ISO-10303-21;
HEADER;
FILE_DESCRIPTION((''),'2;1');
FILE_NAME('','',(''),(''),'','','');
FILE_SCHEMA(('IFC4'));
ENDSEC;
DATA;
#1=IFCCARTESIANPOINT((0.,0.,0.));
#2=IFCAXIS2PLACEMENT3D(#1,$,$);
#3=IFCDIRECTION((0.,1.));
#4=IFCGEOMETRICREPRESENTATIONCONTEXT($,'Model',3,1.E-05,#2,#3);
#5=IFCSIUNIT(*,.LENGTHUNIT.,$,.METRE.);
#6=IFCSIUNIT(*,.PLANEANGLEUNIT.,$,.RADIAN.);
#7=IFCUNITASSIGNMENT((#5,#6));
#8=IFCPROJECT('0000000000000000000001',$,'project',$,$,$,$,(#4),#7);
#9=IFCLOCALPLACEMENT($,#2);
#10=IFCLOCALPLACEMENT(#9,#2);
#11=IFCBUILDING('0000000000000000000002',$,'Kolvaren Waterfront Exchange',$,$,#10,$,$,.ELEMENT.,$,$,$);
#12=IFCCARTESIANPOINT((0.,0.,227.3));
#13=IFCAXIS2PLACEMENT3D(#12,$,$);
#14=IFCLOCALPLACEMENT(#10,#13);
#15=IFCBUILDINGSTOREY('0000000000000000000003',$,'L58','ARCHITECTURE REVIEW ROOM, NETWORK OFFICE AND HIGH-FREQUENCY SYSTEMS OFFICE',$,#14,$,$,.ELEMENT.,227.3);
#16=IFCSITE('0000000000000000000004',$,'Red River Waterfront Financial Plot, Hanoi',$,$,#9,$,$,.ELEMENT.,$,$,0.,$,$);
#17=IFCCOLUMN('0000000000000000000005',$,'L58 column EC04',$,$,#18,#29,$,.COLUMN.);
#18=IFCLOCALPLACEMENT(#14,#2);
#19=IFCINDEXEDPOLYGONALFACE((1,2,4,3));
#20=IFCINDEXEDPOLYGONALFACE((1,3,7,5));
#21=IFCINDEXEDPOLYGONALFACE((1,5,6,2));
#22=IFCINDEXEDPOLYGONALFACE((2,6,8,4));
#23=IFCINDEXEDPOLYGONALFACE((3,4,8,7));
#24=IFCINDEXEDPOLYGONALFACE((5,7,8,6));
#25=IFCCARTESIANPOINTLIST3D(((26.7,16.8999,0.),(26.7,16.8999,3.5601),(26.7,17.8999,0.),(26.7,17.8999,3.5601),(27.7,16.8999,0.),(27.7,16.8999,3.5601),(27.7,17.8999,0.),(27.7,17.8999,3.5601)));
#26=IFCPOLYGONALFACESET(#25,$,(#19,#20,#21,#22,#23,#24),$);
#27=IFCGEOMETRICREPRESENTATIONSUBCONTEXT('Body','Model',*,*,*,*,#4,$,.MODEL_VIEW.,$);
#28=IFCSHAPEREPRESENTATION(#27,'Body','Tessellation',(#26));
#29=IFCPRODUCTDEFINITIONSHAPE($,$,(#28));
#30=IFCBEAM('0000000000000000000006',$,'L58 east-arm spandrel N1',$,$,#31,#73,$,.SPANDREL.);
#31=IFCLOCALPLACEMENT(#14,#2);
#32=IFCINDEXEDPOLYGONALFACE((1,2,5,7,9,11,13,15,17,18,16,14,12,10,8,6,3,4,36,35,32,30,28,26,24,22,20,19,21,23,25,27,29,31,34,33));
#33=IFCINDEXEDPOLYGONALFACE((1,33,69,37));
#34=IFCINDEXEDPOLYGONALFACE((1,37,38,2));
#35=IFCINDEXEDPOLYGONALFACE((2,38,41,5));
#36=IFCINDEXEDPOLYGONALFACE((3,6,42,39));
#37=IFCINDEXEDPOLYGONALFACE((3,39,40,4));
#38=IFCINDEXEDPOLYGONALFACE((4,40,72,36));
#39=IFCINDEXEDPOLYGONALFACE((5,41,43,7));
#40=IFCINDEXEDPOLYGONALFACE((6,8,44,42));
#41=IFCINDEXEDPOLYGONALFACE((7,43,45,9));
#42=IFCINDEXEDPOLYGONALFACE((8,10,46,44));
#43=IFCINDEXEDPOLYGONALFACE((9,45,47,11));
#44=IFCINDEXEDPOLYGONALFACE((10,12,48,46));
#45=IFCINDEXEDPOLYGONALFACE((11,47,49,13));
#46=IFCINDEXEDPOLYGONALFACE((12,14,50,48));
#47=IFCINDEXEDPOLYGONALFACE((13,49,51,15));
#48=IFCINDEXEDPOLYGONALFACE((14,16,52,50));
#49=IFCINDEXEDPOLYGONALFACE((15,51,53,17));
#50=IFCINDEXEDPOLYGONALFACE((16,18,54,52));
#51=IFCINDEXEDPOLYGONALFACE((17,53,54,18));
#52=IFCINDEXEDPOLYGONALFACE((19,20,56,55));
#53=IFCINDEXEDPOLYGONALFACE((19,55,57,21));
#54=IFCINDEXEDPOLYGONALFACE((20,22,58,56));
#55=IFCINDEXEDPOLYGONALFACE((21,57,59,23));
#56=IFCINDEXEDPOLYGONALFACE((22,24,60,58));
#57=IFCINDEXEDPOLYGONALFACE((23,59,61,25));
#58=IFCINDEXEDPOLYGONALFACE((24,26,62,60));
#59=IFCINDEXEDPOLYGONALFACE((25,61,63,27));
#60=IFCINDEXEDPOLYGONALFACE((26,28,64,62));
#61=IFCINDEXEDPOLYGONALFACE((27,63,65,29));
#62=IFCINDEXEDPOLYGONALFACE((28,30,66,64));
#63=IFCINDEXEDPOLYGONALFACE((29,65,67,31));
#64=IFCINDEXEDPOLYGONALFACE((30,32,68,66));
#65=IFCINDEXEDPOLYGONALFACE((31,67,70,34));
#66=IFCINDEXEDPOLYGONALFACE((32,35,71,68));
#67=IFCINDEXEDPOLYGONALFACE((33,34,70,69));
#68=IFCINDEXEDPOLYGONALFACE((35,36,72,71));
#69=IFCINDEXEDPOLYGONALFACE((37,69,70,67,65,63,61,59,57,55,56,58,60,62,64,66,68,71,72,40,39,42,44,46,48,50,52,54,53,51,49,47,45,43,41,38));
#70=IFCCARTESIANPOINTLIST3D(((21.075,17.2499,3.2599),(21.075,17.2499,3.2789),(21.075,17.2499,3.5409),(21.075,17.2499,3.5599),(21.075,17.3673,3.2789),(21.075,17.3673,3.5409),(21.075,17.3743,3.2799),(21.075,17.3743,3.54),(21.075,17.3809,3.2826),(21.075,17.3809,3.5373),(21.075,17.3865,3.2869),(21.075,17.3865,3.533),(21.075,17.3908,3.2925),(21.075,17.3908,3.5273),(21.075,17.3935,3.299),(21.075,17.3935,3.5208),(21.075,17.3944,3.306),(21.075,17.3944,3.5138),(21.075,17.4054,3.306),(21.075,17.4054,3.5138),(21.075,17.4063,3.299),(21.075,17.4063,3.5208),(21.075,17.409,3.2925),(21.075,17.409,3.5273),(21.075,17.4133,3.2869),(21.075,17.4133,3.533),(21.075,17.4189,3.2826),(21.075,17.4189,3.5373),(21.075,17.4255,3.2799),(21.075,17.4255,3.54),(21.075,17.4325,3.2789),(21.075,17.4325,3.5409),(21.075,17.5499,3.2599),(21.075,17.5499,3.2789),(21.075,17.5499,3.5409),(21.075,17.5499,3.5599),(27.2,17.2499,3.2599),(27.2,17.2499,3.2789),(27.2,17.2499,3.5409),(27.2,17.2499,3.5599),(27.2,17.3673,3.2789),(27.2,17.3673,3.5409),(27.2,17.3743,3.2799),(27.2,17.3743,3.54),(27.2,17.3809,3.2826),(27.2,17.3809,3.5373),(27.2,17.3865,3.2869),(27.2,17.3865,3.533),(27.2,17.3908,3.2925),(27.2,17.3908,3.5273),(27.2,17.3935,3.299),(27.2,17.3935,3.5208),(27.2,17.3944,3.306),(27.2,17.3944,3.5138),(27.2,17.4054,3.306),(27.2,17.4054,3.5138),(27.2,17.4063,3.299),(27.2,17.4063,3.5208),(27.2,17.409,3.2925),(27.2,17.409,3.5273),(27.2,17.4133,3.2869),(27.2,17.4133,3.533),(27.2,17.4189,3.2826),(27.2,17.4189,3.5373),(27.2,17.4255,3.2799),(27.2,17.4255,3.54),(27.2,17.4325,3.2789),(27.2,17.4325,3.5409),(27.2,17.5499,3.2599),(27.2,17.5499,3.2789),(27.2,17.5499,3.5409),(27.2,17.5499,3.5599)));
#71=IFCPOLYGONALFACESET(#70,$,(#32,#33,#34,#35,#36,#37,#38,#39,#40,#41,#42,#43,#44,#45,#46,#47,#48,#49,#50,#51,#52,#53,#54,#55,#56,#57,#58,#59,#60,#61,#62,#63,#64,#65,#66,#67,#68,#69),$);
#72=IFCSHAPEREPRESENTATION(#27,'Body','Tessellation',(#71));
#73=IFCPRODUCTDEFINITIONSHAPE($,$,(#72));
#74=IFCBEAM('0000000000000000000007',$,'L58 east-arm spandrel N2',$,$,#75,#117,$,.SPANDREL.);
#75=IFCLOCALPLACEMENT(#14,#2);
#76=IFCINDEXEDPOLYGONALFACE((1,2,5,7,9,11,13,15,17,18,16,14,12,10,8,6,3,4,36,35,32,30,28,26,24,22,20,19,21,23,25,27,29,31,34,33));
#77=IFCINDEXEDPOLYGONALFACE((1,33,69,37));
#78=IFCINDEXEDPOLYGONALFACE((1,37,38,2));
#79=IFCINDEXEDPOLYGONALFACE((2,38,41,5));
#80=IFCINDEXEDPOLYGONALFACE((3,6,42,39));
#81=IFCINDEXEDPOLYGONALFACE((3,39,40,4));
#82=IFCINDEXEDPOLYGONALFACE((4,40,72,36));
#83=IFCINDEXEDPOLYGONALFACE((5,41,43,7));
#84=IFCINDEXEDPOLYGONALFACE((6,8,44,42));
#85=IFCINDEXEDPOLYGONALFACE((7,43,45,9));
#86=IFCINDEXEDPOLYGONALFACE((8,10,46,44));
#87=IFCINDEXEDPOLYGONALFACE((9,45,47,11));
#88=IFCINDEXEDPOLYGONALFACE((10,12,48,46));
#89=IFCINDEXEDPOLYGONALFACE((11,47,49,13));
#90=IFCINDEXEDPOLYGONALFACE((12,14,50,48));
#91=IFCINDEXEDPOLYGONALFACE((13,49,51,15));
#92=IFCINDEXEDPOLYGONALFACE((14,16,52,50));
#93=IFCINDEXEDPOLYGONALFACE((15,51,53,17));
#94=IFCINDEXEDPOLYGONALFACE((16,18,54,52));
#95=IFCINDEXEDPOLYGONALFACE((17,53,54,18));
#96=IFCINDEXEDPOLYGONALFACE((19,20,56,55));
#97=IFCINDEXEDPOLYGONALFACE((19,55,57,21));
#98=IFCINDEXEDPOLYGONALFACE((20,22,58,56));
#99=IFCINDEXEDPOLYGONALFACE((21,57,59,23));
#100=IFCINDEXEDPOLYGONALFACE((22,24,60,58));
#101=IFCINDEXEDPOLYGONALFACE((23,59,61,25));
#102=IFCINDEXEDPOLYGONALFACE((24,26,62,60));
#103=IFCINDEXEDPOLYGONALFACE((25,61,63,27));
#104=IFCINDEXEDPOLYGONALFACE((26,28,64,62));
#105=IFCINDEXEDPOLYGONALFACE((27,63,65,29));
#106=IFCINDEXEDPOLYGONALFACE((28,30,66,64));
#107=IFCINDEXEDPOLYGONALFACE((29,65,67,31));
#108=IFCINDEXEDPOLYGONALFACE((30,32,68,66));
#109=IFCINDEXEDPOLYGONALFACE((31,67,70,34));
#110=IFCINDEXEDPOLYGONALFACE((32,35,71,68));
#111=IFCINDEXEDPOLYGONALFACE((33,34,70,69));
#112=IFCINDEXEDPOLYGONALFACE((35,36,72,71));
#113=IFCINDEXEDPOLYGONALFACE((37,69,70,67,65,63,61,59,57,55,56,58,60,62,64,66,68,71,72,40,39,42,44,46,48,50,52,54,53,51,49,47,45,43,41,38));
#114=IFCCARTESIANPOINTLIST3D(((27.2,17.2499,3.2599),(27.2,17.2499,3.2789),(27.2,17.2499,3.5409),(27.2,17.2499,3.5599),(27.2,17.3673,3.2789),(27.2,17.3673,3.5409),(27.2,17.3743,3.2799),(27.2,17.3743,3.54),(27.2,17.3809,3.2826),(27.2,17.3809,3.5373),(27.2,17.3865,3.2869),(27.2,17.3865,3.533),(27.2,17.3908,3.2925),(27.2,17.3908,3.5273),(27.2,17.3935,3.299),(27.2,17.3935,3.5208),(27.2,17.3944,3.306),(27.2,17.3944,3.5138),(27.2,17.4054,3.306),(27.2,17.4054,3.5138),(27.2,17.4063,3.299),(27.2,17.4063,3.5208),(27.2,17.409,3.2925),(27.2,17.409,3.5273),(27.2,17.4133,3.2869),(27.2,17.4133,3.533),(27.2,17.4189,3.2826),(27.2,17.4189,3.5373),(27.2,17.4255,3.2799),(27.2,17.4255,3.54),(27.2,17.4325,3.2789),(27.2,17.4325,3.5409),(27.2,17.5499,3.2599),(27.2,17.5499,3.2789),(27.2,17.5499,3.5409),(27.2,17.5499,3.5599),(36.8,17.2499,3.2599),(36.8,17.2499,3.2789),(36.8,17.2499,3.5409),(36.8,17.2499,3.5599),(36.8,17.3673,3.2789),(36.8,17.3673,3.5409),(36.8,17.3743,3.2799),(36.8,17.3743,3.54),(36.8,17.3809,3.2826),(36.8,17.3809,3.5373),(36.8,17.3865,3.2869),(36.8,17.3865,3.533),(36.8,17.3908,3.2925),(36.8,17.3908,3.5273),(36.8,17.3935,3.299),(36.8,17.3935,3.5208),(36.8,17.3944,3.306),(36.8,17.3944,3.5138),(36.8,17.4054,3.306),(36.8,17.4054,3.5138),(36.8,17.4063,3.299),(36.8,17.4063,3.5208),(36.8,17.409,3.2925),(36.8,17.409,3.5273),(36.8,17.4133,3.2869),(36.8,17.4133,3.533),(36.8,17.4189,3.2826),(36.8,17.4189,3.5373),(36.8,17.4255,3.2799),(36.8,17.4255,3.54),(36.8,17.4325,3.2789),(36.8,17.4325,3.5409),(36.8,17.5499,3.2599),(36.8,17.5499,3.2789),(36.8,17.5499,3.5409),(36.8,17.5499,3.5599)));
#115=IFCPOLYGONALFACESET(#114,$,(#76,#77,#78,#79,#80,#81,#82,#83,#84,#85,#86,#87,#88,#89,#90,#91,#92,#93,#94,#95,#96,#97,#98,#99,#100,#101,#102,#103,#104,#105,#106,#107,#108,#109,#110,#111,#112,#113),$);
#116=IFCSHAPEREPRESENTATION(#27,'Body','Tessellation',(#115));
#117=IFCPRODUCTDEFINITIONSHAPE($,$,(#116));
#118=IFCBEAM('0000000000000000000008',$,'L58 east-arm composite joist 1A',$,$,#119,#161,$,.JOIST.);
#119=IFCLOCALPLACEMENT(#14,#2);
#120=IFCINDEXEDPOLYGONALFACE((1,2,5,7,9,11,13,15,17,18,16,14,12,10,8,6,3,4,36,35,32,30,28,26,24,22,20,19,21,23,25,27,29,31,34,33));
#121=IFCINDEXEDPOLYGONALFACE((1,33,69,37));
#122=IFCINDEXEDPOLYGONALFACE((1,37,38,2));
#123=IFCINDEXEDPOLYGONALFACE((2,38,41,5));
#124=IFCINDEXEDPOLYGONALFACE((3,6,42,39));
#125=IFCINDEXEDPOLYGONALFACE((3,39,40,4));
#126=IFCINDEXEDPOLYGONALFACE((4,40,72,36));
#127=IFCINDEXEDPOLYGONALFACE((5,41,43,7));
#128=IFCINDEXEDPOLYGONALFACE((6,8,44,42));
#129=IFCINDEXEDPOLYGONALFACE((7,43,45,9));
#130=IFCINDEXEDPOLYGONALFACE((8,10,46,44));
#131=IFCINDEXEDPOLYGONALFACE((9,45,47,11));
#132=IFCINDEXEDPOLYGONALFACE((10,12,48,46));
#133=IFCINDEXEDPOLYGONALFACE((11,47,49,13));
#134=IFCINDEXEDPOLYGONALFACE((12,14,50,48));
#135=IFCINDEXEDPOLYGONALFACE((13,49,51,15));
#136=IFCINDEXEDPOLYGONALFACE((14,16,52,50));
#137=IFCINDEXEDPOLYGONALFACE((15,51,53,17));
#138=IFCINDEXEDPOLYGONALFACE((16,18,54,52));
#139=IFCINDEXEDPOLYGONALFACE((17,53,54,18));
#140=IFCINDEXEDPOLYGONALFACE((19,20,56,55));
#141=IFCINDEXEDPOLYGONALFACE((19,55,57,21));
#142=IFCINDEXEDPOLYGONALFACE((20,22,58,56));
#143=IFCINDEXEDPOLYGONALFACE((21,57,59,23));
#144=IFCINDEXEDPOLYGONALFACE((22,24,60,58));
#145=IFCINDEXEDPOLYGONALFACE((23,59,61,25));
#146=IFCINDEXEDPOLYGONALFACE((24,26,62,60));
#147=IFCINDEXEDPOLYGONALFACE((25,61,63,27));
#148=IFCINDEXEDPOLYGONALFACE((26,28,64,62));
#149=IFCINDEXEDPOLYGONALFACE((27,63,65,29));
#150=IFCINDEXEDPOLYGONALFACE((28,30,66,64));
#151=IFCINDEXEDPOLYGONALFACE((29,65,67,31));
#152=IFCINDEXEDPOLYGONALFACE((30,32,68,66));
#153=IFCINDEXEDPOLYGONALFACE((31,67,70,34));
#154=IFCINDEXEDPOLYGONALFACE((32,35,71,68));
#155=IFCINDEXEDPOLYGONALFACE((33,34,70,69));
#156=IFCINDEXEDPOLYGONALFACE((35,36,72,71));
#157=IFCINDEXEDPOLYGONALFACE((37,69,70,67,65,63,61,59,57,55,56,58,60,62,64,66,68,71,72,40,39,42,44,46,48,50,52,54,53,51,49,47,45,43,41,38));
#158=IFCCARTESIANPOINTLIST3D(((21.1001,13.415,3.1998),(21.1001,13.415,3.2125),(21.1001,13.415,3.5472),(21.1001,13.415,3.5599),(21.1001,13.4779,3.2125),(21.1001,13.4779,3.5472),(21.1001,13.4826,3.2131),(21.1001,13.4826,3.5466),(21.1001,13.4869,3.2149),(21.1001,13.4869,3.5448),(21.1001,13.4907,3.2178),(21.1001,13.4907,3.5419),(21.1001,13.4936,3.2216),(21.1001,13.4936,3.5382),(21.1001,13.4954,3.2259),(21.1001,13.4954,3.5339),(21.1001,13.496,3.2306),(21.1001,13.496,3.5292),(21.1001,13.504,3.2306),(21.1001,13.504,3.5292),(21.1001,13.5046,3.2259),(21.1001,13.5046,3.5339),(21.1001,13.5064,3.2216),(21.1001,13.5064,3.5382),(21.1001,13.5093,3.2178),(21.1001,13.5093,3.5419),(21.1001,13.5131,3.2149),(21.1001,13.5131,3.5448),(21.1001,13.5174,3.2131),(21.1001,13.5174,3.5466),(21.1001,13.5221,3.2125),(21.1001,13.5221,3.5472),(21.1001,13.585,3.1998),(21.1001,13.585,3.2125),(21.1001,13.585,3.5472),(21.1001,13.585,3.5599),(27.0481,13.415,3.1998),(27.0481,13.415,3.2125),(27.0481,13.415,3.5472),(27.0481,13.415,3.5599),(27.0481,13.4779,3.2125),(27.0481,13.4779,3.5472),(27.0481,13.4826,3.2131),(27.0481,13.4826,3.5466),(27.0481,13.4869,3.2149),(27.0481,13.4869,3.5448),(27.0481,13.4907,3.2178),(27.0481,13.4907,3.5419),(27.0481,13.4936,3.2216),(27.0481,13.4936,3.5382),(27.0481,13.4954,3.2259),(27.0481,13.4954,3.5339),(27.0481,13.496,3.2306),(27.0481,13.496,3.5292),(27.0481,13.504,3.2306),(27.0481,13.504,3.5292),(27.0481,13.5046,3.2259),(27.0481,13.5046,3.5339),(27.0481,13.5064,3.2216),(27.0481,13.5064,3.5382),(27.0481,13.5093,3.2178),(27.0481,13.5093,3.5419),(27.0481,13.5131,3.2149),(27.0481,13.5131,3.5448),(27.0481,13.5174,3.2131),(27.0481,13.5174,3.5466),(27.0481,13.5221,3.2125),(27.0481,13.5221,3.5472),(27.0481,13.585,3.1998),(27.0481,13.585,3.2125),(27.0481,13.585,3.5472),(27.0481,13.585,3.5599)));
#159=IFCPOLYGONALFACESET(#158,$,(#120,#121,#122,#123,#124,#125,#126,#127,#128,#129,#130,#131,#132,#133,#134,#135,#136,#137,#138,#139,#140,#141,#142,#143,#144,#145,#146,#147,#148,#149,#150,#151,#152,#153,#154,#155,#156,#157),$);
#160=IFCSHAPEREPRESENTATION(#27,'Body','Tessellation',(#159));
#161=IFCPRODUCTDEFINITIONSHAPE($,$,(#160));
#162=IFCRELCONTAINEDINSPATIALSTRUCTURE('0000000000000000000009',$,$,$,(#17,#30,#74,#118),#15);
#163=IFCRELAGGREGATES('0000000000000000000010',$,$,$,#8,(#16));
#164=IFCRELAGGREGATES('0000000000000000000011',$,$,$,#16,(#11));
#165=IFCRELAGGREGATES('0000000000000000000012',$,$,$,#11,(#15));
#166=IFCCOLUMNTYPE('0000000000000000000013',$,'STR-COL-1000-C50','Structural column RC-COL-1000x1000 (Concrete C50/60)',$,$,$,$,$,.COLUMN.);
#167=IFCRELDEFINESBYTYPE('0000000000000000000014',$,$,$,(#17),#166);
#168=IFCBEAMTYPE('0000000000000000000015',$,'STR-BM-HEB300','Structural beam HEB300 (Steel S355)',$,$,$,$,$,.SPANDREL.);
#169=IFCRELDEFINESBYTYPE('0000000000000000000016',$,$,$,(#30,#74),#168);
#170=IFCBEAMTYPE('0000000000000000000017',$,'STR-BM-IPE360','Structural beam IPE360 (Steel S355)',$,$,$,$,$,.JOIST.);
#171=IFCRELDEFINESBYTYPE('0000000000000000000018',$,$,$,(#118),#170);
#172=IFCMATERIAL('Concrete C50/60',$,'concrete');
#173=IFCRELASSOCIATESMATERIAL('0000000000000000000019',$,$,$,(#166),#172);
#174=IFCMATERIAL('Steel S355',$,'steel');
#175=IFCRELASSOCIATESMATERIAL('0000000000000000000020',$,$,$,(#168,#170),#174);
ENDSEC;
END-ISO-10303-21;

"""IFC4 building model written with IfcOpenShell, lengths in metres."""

from ifc_helpers import new_model, si_unit, direction, frame, origin, origin_2d, place, context, subcontext, project, spatial, rectangle, i_section, extrude, material, material_profile, profile_set, type_object, element, save


model = new_model("IFC4")

# Units and contexts
model_context = context("Model", 3, precision=1e-05, world=origin(), true_north=direction((0.0, 1.0)))
body_context = subcontext(model_context, "Body", "Model", "MODEL_VIEW")
ifc_project = project(units=[si_unit("LENGTHUNIT", "METRE"), si_unit("PLANEANGLEUNIT", "RADIAN")], contexts=[model_context])

# Site, building, storey
site_placement = place(None, origin())
site = spatial("IfcSite", under=ifc_project, at=site_placement, Name="Red River Waterfront Financial Plot, Hanoi", CompositionType="ELEMENT", RefElevation=0.0)
building_placement = place(site_placement, origin())
building = spatial("IfcBuilding", under=site, at=building_placement, Name="Kolvaren Waterfront Exchange", CompositionType="ELEMENT")
storey_placement = place(building_placement, frame((0.0, 0.0, 227.3)))
storey = spatial("IfcBuildingStorey", under=building, at=storey_placement, Name="L58", Description="ARCHITECTURE REVIEW ROOM, NETWORK OFFICE AND HIGH-FREQUENCY SYSTEMS OFFICE", CompositionType="ELEMENT", Elevation=227.3)

# Column
ifc_material_1 = material(Name="Concrete C50/60", Category="concrete")
ifc_material_profile_1 = material_profile(ifc_material_1, rectangle(XDim=1.0, YDim=1.0, at=origin_2d()), Name="RC-COL-1000x1000")
ifc_profile_set_1 = profile_set([ifc_material_profile_1], Name="Concrete C50/60")
column_type = type_object("IfcColumnType", Name="STR-COL-1000-C50", Description="Structural column RC-COL-1000x1000 (Concrete C50/60)", PredefinedType="COLUMN", material=ifc_profile_set_1)
column_placement = place(storey_placement, frame((27.2, 17.3999, 0.0), z_axis=(0.0, 0.0, 1.0), x_axis=(1.0, 0.0, 0.0)))
element("IfcColumn", 1, at=column_placement, inside=storey, type_object=column_type, Name="L58 column EC04", PredefinedType="COLUMN", context=body_context, shape_type="SweptSolid", body=[
    extrude(rectangle(XDim=1.0, YDim=1.0, at=origin_2d()), origin(), (0.0, 0.0, 1.0), 3.5601),
])

# Beams
ifc_material_2 = material(Name="Steel S355", Category="steel")
ifc_material_profile_2 = material_profile(ifc_material_2, i_section(OverallWidth=0.3, OverallDepth=0.3, WebThickness=0.011, FlangeThickness=0.019, FilletRadius=0.0271, at=origin_2d()), Name="HEB300")
ifc_profile_set_2 = profile_set([ifc_material_profile_2], Name="Steel S355")
beam_type_1 = type_object("IfcBeamType", Name="STR-BM-HEB300", Description="Structural beam HEB300 (Steel S355)", PredefinedType="SPANDREL", material=ifc_profile_set_2)
beam_1_placement = place(storey_placement, frame((21.075, 17.3999, 3.4099), z_axis=(1.0, 0.0, 0.0), x_axis=(0.0, 1.0, 0.0)))
element("IfcBeam", 2, at=beam_1_placement, inside=storey, type_object=beam_type_1, Name="L58 east-arm spandrel N1", PredefinedType="SPANDREL", context=body_context, shape_type="SweptSolid", body=[
    extrude(i_section(OverallWidth=0.3, OverallDepth=0.3, WebThickness=0.011, FlangeThickness=0.019, FilletRadius=0.0271, at=origin_2d()), origin(), (0.0, 0.0, 1.0), 6.125),
])
beam_2_placement = place(storey_placement, frame((27.2, 17.3999, 3.4099), z_axis=(1.0, 0.0, 0.0), x_axis=(0.0, 1.0, 0.0)))
element("IfcBeam", 3, at=beam_2_placement, inside=storey, type_object=beam_type_1, Name="L58 east-arm spandrel N2", PredefinedType="SPANDREL", context=body_context, shape_type="SweptSolid", body=[
    extrude(i_section(OverallWidth=0.3, OverallDepth=0.3, WebThickness=0.011, FlangeThickness=0.019, FilletRadius=0.0271, at=origin_2d()), origin(), (0.0, 0.0, 1.0), 9.6001),
])
ifc_material_profile_3 = material_profile(ifc_material_2, i_section(OverallWidth=0.1699, OverallDepth=0.3601, WebThickness=0.0081, FlangeThickness=0.0127, FilletRadius=0.0181, at=origin_2d()), Name="IPE360")
ifc_profile_set_3 = profile_set([ifc_material_profile_3], Name="Steel S355")
beam_type_2 = type_object("IfcBeamType", Name="STR-BM-IPE360", Description="Structural beam IPE360 (Steel S355)", PredefinedType="JOIST", material=ifc_profile_set_3)
for number, where, z_axis, x_axis, name in (
    (4, (21.1001, 13.5, 3.3799), (1.0, 0.0, 0.0), (0.0, 1.0, 0.0), "L58 east-arm composite joist 1A"),
):
    element("IfcBeam", number, at=place(storey_placement, frame(where, z_axis=z_axis, x_axis=x_axis)), inside=storey, type_object=beam_type_2, Name=name, PredefinedType="JOIST", context=body_context, shape_type="SweptSolid", body=[
        extrude(i_section(OverallWidth=0.1699, OverallDepth=0.3601, WebThickness=0.0081, FlangeThickness=0.0127, FilletRadius=0.0181, at=origin_2d()), origin(), (0.0, 0.0, 1.0), 5.948),
    ])

save(model, "model.ifc")
